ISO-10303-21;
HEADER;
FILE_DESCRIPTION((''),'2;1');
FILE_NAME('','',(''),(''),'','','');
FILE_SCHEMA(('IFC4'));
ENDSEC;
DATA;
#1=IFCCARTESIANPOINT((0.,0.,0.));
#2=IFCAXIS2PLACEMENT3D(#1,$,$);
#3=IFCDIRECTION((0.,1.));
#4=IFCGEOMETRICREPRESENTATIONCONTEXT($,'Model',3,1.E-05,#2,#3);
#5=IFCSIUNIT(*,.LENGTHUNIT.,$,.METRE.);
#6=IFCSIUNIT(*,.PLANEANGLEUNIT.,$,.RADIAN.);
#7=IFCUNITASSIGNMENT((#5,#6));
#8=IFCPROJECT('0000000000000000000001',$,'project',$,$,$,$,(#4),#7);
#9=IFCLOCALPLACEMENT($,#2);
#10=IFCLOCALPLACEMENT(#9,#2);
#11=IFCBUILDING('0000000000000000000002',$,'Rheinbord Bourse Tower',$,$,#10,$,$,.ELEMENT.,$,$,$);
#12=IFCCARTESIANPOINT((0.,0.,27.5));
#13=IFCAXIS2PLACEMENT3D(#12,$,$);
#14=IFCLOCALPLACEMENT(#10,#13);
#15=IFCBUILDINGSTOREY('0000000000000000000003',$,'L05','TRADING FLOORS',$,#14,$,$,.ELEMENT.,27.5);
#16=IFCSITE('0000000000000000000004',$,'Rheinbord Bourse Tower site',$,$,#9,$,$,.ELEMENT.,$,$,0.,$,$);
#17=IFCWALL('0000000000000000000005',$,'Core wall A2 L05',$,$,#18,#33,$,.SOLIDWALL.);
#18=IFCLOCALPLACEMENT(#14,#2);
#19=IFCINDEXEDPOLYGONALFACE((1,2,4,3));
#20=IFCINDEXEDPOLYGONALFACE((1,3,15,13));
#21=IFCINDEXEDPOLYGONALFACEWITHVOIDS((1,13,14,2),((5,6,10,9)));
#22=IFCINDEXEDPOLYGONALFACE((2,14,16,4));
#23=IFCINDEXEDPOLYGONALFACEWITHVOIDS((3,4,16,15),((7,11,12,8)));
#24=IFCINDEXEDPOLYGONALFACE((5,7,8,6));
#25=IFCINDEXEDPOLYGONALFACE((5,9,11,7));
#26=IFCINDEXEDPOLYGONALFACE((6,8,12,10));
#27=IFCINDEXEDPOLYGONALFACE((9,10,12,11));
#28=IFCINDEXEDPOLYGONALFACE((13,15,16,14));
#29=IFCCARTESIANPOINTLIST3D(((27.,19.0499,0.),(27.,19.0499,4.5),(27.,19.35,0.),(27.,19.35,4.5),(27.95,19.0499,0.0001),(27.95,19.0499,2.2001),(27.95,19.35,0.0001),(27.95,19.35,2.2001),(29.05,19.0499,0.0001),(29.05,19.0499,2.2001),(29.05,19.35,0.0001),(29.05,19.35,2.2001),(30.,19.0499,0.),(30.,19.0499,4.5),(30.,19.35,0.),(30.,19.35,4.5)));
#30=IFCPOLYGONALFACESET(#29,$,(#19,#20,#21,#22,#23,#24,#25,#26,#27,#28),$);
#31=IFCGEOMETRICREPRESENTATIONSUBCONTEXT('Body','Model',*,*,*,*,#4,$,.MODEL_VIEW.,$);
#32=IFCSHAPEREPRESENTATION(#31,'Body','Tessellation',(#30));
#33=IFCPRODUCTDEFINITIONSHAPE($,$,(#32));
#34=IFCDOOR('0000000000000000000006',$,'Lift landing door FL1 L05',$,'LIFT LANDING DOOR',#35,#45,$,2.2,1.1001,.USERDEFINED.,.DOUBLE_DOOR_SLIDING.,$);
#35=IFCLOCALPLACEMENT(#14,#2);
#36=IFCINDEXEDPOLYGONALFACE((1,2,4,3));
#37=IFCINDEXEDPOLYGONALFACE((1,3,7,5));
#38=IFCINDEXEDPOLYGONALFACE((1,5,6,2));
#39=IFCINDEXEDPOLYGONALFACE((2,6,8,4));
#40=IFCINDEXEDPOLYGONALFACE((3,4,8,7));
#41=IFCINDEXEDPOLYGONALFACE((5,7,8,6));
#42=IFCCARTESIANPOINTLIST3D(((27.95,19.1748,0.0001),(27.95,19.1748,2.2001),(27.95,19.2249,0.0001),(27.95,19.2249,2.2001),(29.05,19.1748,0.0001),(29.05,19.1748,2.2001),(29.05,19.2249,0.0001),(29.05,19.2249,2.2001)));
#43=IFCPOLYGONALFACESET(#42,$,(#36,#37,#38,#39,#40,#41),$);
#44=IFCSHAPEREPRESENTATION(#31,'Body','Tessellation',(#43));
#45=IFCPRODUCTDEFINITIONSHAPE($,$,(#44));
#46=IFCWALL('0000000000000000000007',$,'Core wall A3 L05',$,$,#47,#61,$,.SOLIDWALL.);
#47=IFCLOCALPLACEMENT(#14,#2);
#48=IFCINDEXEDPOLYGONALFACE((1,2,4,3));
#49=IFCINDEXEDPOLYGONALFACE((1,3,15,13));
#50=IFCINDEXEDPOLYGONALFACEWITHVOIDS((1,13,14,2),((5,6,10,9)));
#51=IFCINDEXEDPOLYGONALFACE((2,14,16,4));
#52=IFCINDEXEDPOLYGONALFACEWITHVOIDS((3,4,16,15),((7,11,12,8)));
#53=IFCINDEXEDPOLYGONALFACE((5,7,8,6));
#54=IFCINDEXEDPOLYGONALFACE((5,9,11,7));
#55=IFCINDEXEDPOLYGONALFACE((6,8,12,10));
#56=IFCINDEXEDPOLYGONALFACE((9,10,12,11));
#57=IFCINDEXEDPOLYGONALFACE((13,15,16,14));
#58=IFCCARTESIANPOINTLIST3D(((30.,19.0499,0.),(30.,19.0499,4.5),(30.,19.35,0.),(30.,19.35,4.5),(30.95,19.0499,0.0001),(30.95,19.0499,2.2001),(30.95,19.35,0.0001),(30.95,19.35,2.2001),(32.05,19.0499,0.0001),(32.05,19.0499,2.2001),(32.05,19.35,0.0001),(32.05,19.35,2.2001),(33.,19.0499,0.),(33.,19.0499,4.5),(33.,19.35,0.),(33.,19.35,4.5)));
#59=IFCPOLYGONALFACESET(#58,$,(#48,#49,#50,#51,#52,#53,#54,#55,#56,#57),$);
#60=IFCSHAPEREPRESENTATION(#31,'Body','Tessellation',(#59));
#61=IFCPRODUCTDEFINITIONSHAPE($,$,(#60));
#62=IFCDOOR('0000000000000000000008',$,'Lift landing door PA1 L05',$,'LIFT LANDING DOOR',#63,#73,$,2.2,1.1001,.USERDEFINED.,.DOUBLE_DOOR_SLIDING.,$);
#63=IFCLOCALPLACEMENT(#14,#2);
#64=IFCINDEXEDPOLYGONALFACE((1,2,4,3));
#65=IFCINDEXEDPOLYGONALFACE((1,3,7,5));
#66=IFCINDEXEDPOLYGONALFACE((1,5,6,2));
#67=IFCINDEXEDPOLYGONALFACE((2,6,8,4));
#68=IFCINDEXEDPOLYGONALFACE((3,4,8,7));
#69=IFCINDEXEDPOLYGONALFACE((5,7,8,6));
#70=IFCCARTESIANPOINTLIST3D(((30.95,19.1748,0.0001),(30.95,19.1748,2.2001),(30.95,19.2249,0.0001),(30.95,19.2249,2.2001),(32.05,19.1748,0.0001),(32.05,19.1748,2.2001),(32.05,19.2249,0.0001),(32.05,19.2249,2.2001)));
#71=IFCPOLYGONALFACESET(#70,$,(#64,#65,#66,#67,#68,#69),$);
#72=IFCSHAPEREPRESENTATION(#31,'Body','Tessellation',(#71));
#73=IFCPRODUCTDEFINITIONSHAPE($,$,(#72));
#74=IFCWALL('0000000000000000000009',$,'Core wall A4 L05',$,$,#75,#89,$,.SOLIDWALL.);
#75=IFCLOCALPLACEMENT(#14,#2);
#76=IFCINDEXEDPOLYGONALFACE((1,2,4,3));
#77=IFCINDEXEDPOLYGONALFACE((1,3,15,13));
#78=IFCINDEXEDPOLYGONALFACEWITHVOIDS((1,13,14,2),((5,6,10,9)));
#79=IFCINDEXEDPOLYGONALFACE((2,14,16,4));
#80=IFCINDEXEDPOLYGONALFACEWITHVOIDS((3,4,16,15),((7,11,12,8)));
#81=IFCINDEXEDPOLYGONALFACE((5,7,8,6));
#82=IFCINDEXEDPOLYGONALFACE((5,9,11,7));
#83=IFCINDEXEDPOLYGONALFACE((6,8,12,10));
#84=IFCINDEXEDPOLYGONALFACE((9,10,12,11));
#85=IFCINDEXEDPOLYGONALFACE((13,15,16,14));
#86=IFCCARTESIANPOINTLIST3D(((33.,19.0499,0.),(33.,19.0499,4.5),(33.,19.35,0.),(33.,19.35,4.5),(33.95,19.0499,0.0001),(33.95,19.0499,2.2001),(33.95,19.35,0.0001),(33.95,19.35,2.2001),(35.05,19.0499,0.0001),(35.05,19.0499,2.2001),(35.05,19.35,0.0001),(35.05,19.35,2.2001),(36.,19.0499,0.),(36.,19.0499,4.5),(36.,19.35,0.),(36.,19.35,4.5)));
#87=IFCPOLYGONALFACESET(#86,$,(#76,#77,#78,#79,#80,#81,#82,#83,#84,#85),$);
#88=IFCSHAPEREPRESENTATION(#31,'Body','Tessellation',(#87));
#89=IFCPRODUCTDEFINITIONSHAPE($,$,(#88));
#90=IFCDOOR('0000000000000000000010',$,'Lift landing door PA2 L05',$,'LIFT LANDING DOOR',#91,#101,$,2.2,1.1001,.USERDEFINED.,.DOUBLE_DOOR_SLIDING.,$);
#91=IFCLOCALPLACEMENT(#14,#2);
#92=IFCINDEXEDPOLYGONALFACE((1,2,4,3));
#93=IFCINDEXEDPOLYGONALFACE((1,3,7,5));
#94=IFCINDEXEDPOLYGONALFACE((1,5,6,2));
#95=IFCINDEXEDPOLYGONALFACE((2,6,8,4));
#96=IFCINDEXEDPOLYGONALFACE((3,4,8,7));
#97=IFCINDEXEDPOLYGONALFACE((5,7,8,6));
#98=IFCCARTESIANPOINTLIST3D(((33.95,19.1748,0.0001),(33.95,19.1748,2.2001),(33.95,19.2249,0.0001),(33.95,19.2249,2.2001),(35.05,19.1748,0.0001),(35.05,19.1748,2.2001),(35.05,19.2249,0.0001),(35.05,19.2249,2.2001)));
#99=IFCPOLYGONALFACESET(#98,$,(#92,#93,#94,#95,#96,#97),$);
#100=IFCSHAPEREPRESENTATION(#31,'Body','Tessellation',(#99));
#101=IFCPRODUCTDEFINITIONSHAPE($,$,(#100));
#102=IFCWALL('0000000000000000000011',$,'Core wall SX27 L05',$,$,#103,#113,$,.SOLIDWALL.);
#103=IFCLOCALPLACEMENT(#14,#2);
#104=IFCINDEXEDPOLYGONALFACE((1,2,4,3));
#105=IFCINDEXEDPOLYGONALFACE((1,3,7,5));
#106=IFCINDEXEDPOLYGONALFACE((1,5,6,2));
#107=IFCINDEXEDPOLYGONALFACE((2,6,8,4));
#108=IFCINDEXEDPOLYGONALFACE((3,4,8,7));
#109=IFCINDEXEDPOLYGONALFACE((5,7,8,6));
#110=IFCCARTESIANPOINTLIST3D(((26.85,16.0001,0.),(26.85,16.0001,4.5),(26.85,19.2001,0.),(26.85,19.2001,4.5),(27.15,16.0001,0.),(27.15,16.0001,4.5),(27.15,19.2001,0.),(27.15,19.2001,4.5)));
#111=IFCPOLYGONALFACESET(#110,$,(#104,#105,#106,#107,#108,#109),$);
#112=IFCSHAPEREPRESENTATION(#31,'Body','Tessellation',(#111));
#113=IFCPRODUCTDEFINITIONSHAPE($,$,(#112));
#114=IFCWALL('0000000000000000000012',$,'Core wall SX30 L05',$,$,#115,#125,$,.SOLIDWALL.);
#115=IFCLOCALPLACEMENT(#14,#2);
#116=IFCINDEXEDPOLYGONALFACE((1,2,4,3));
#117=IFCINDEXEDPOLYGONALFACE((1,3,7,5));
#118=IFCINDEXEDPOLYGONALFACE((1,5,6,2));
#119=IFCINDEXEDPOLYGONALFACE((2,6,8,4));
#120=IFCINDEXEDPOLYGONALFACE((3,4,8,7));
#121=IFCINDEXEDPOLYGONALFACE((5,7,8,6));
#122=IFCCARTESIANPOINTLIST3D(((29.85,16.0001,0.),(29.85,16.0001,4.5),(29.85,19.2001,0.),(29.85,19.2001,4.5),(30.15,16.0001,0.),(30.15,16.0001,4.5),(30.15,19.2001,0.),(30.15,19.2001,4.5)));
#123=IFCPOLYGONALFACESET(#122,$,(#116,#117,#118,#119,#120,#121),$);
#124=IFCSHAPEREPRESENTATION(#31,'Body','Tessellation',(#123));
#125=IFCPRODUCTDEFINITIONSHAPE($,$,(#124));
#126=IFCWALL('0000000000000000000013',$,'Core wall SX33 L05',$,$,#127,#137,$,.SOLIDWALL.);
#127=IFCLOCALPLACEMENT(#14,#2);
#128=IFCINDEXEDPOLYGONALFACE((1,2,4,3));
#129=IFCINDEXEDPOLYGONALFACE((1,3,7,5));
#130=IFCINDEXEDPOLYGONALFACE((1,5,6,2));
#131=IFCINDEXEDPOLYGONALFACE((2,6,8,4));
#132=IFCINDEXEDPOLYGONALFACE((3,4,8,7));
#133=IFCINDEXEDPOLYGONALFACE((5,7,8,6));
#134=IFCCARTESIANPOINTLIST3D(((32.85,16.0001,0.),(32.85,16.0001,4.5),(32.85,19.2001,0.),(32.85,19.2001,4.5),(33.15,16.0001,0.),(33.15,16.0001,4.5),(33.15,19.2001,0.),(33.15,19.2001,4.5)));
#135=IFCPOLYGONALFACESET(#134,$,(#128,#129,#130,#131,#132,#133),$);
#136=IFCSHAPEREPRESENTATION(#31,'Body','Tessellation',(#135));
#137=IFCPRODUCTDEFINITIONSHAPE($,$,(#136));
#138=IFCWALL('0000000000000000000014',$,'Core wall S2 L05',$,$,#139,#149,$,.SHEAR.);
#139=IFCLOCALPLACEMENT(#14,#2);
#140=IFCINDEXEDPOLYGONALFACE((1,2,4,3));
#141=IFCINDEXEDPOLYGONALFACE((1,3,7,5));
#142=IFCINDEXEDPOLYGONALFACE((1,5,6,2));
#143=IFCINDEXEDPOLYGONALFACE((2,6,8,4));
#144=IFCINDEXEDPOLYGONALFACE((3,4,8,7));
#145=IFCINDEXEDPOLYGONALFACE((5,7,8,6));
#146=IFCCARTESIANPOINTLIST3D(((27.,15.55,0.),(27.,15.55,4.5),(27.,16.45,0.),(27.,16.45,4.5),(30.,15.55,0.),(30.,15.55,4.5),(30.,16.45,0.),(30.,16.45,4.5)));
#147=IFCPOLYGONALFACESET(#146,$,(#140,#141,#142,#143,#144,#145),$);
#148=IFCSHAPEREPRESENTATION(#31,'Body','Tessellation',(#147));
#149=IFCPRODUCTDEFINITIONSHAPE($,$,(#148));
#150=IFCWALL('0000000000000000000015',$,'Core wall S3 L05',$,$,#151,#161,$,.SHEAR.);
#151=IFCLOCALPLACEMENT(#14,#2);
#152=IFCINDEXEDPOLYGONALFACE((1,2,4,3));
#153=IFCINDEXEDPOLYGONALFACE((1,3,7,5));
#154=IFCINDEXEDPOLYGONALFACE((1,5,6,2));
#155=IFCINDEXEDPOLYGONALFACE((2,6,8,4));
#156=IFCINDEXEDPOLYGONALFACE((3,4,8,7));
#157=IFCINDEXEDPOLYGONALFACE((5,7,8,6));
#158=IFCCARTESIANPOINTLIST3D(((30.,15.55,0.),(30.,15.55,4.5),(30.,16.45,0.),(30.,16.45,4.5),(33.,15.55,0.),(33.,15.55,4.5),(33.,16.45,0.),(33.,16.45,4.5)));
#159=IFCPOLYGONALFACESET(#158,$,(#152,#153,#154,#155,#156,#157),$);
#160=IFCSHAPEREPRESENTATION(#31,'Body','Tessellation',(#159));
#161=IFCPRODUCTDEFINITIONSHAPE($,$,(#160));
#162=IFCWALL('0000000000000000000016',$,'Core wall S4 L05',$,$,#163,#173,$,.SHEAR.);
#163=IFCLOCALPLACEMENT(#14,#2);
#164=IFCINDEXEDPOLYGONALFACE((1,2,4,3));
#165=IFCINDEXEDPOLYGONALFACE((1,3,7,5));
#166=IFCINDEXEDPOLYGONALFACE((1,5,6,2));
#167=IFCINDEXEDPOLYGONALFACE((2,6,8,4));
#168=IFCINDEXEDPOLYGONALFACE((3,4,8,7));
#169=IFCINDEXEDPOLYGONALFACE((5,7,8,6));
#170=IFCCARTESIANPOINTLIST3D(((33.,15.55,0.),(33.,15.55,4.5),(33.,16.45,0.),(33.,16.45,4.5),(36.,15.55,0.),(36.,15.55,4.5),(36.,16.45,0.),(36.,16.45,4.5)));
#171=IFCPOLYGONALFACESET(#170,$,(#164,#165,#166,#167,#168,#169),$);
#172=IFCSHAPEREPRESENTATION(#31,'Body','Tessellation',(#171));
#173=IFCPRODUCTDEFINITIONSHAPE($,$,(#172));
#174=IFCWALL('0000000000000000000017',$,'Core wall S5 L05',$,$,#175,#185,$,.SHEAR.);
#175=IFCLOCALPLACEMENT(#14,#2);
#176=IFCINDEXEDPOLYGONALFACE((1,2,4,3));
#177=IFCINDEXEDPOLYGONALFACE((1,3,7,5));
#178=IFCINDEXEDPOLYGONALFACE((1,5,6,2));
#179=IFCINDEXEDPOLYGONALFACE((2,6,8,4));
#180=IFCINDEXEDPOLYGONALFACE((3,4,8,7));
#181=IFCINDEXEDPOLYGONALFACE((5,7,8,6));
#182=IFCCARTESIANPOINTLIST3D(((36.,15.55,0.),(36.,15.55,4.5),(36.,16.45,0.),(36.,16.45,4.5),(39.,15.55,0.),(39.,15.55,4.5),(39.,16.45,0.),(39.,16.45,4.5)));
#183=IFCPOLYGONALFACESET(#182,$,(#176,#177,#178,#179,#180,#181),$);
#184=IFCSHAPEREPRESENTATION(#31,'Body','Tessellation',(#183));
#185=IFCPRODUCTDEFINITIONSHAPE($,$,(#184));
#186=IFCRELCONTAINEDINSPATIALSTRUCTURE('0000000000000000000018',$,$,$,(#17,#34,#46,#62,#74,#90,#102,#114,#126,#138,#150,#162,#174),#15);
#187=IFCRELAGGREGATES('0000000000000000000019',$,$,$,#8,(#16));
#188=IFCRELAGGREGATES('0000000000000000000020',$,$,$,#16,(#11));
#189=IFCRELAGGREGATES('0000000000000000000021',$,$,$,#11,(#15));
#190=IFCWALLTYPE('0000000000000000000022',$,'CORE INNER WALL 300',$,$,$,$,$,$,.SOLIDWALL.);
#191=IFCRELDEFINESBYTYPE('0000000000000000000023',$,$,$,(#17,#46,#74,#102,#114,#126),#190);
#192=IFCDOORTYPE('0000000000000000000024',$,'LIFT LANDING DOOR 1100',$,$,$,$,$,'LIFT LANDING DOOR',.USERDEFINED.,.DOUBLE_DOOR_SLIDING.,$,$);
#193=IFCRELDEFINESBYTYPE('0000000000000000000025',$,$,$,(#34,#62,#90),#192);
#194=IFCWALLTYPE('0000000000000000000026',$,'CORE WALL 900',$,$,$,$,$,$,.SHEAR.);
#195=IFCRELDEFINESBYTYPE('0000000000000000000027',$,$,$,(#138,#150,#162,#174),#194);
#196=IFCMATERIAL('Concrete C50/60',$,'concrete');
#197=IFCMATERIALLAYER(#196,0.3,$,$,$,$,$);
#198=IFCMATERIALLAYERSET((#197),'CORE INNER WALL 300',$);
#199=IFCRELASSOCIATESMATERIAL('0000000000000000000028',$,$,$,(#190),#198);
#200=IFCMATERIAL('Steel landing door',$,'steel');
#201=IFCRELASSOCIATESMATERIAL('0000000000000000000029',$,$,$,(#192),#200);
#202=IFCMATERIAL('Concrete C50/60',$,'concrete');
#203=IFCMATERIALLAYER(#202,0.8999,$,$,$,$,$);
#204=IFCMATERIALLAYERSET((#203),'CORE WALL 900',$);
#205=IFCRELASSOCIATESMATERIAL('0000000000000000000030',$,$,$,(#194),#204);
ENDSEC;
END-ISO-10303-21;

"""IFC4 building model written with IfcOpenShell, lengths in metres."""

from ifc_helpers import new_model, si_unit, direction, frame, frame_2d, origin, place, context, subcontext, project, spatial, rectangle, extrude, material, layer, layer_set, type_object, element, fill, save


model = new_model("IFC4")

# Units and contexts
model_context = context("Model", 3, precision=1e-05, world=origin(), true_north=direction((0.0, 1.0)))
body_context = subcontext(model_context, "Body", "Model", "MODEL_VIEW")
ifc_project = project(units=[si_unit("LENGTHUNIT", "METRE"), si_unit("PLANEANGLEUNIT", "RADIAN")], contexts=[model_context])

# Site, building, storey
site_placement = place(None, origin())
site = spatial("IfcSite", under=ifc_project, at=site_placement, Name="Rheinbord Bourse Tower site", CompositionType="ELEMENT", RefElevation=0.0)
building_placement = place(site_placement, origin())
building = spatial("IfcBuilding", under=site, at=building_placement, Name="Rheinbord Bourse Tower", CompositionType="ELEMENT")
storey_placement = place(building_placement, frame((0.0, 0.0, 27.5)))
storey = spatial("IfcBuildingStorey", under=building, at=storey_placement, Name="L05", Description="TRADING FLOORS", CompositionType="ELEMENT", Elevation=27.5)

# Walls, openings, doors
ifc_material_1 = material(Name="Concrete C50/60", Category="concrete")
ifc_layer_1 = layer(ifc_material_1, 0.3)
ifc_layer_set_1 = layer_set([ifc_layer_1], Name="CORE INNER WALL 300")
wall_type_1 = type_object("IfcWallType", Name="CORE INNER WALL 300", PredefinedType="SOLIDWALL", material=ifc_layer_set_1)
wall_1_placement = place(storey_placement, frame((27.0, 19.2, 0.0), z_axis=(0.0, 0.0, 1.0), x_axis=(1.0, 0.0, 0.0)))
wall_1 = element("IfcWall", 1, at=wall_1_placement, inside=storey, type_object=wall_type_1, Name="Core wall A2 L05", PredefinedType="SOLIDWALL", context=body_context, shape_type="SweptSolid", body=[
    extrude(rectangle(XDim=3.0, YDim=0.3, at=frame_2d((1.5, 0.0))), origin(), (0.0, 0.0, 1.0), 4.5),
])
opening_1_placement = place(wall_1_placement, frame((0.95, 0.0, 0.0)))
opening_1 = element("IfcOpeningElement", 2, at=opening_1_placement, cuts=wall_1, PredefinedType="OPENING", context=body_context, shape_type="SweptSolid", body=[
    extrude(rectangle(XDim=1.1001, YDim=2.2, at=frame_2d((0.55, 1.1001))), frame((0.0, 0.1599, 0.0), z_axis=(0.0, -1.0, 0.0), x_axis=(1.0, 0.0, 0.0)), (0.0, 0.0, 1.0), 0.3201),
])
ifc_material_2 = material(Name="Steel landing door", Category="steel")
door_type = type_object("IfcDoorType", Name="LIFT LANDING DOOR 1100", ElementType="LIFT LANDING DOOR", OperationType="DOUBLE_DOOR_SLIDING", PredefinedType="USERDEFINED", material=ifc_material_2)
door_1_placement = place(opening_1_placement, origin())
door_1 = element("IfcDoor", 3, at=door_1_placement, inside=storey, type_object=door_type, Name="Lift landing door FL1 L05", ObjectType="LIFT LANDING DOOR", OperationType="DOUBLE_DOOR_SLIDING", OverallHeight=2.2, OverallWidth=1.1001, PredefinedType="USERDEFINED", context=body_context, shape_type="SweptSolid", body=[
    extrude(rectangle(XDim=1.1001, YDim=2.2, at=frame_2d((0.55, 1.1001))), frame((0.0, 0.0249, 0.0), z_axis=(0.0, -1.0, 0.0), x_axis=(1.0, 0.0, 0.0)), (0.0, 0.0, 1.0), 0.05),
])
fill(opening_1, door_1)
wall_2_placement = place(storey_placement, frame((30.0, 19.2, 0.0), z_axis=(0.0, 0.0, 1.0), x_axis=(1.0, 0.0, 0.0)))
wall_2 = element("IfcWall", 4, at=wall_2_placement, inside=storey, type_object=wall_type_1, Name="Core wall A3 L05", PredefinedType="SOLIDWALL", context=body_context, shape_type="SweptSolid", body=[
    extrude(rectangle(XDim=3.0, YDim=0.3, at=frame_2d((1.5, 0.0))), origin(), (0.0, 0.0, 1.0), 4.5),
])
opening_2_placement = place(wall_2_placement, frame((0.95, 0.0, 0.0)))
opening_2 = element("IfcOpeningElement", 5, at=opening_2_placement, cuts=wall_2, PredefinedType="OPENING", context=body_context, shape_type="SweptSolid", body=[
    extrude(rectangle(XDim=1.1001, YDim=2.2, at=frame_2d((0.55, 1.1001))), frame((0.0, 0.1599, 0.0), z_axis=(0.0, -1.0, 0.0), x_axis=(1.0, 0.0, 0.0)), (0.0, 0.0, 1.0), 0.3201),
])
door_2_placement = place(opening_2_placement, origin())
door_2 = element("IfcDoor", 6, at=door_2_placement, inside=storey, type_object=door_type, Name="Lift landing door PA1 L05", ObjectType="LIFT LANDING DOOR", OperationType="DOUBLE_DOOR_SLIDING", OverallHeight=2.2, OverallWidth=1.1001, PredefinedType="USERDEFINED", context=body_context, shape_type="SweptSolid", body=[
    extrude(rectangle(XDim=1.1001, YDim=2.2, at=frame_2d((0.55, 1.1001))), frame((0.0, 0.0249, 0.0), z_axis=(0.0, -1.0, 0.0), x_axis=(1.0, 0.0, 0.0)), (0.0, 0.0, 1.0), 0.05),
])
fill(opening_2, door_2)
wall_3_placement = place(storey_placement, frame((33.0, 19.2, 0.0), z_axis=(0.0, 0.0, 1.0), x_axis=(1.0, 0.0, 0.0)))
wall_3 = element("IfcWall", 7, at=wall_3_placement, inside=storey, type_object=wall_type_1, Name="Core wall A4 L05", PredefinedType="SOLIDWALL", context=body_context, shape_type="SweptSolid", body=[
    extrude(rectangle(XDim=3.0, YDim=0.3, at=frame_2d((1.5, 0.0))), origin(), (0.0, 0.0, 1.0), 4.5),
])
opening_3_placement = place(wall_3_placement, frame((0.95, 0.0, 0.0)))
opening_3 = element("IfcOpeningElement", 8, at=opening_3_placement, cuts=wall_3, PredefinedType="OPENING", context=body_context, shape_type="SweptSolid", body=[
    extrude(rectangle(XDim=1.1001, YDim=2.2, at=frame_2d((0.55, 1.1001))), frame((0.0, 0.1599, 0.0), z_axis=(0.0, -1.0, 0.0), x_axis=(1.0, 0.0, 0.0)), (0.0, 0.0, 1.0), 0.3201),
])
door_3_placement = place(opening_3_placement, origin())
door_3 = element("IfcDoor", 9, at=door_3_placement, inside=storey, type_object=door_type, Name="Lift landing door PA2 L05", ObjectType="LIFT LANDING DOOR", OperationType="DOUBLE_DOOR_SLIDING", OverallHeight=2.2, OverallWidth=1.1001, PredefinedType="USERDEFINED", context=body_context, shape_type="SweptSolid", body=[
    extrude(rectangle(XDim=1.1001, YDim=2.2, at=frame_2d((0.55, 1.1001))), frame((0.0, 0.0249, 0.0), z_axis=(0.0, -1.0, 0.0), x_axis=(1.0, 0.0, 0.0)), (0.0, 0.0, 1.0), 0.05),
])
fill(opening_3, door_3)

# Walls
for number, where, z_axis, x_axis, name in (
    (10, (27.0, 16.0, 0.0), (0.0, 0.0, 1.0), (0.0, 1.0, 0.0), "Core wall SX27 L05"),
    (11, (30.0, 16.0, 0.0), (0.0, 0.0, 1.0), (0.0, 1.0, 0.0), "Core wall SX30 L05"),
    (12, (33.0, 16.0, 0.0), (0.0, 0.0, 1.0), (0.0, 1.0, 0.0), "Core wall SX33 L05"),
):
    element("IfcWall", number, at=place(storey_placement, frame(where, z_axis=z_axis, x_axis=x_axis)), inside=storey, type_object=wall_type_1, Name=name, PredefinedType="SOLIDWALL", context=body_context, shape_type="SweptSolid", body=[
        extrude(rectangle(XDim=3.2, YDim=0.3, at=frame_2d((1.6001, 0.0))), origin(), (0.0, 0.0, 1.0), 4.5),
    ])
ifc_material_3 = material(Name="Concrete C50/60", Category="concrete")
ifc_layer_2 = layer(ifc_material_3, 0.8999)
ifc_layer_set_2 = layer_set([ifc_layer_2], Name="CORE WALL 900")
wall_type_2 = type_object("IfcWallType", Name="CORE WALL 900", PredefinedType="SHEAR", material=ifc_layer_set_2)
for number, where, z_axis, x_axis, name in (
    (13, (27.0, 16.0, 0.0), (0.0, 0.0, 1.0), (1.0, 0.0, 0.0), "Core wall S2 L05"),
    (14, (30.0, 16.0, 0.0), (0.0, 0.0, 1.0), (1.0, 0.0, 0.0), "Core wall S3 L05"),
    (15, (33.0, 16.0, 0.0), (0.0, 0.0, 1.0), (1.0, 0.0, 0.0), "Core wall S4 L05"),
    (16, (36.0, 16.0, 0.0), (0.0, 0.0, 1.0), (1.0, 0.0, 0.0), "Core wall S5 L05"),
):
    element("IfcWall", number, at=place(storey_placement, frame(where, z_axis=z_axis, x_axis=x_axis)), inside=storey, type_object=wall_type_2, Name=name, PredefinedType="SHEAR", context=body_context, shape_type="SweptSolid", body=[
        extrude(rectangle(XDim=3.0, YDim=0.8999, at=frame_2d((1.5, 0.0))), origin(), (0.0, 0.0, 1.0), 4.5),
    ])

save(model, "model.ifc")
